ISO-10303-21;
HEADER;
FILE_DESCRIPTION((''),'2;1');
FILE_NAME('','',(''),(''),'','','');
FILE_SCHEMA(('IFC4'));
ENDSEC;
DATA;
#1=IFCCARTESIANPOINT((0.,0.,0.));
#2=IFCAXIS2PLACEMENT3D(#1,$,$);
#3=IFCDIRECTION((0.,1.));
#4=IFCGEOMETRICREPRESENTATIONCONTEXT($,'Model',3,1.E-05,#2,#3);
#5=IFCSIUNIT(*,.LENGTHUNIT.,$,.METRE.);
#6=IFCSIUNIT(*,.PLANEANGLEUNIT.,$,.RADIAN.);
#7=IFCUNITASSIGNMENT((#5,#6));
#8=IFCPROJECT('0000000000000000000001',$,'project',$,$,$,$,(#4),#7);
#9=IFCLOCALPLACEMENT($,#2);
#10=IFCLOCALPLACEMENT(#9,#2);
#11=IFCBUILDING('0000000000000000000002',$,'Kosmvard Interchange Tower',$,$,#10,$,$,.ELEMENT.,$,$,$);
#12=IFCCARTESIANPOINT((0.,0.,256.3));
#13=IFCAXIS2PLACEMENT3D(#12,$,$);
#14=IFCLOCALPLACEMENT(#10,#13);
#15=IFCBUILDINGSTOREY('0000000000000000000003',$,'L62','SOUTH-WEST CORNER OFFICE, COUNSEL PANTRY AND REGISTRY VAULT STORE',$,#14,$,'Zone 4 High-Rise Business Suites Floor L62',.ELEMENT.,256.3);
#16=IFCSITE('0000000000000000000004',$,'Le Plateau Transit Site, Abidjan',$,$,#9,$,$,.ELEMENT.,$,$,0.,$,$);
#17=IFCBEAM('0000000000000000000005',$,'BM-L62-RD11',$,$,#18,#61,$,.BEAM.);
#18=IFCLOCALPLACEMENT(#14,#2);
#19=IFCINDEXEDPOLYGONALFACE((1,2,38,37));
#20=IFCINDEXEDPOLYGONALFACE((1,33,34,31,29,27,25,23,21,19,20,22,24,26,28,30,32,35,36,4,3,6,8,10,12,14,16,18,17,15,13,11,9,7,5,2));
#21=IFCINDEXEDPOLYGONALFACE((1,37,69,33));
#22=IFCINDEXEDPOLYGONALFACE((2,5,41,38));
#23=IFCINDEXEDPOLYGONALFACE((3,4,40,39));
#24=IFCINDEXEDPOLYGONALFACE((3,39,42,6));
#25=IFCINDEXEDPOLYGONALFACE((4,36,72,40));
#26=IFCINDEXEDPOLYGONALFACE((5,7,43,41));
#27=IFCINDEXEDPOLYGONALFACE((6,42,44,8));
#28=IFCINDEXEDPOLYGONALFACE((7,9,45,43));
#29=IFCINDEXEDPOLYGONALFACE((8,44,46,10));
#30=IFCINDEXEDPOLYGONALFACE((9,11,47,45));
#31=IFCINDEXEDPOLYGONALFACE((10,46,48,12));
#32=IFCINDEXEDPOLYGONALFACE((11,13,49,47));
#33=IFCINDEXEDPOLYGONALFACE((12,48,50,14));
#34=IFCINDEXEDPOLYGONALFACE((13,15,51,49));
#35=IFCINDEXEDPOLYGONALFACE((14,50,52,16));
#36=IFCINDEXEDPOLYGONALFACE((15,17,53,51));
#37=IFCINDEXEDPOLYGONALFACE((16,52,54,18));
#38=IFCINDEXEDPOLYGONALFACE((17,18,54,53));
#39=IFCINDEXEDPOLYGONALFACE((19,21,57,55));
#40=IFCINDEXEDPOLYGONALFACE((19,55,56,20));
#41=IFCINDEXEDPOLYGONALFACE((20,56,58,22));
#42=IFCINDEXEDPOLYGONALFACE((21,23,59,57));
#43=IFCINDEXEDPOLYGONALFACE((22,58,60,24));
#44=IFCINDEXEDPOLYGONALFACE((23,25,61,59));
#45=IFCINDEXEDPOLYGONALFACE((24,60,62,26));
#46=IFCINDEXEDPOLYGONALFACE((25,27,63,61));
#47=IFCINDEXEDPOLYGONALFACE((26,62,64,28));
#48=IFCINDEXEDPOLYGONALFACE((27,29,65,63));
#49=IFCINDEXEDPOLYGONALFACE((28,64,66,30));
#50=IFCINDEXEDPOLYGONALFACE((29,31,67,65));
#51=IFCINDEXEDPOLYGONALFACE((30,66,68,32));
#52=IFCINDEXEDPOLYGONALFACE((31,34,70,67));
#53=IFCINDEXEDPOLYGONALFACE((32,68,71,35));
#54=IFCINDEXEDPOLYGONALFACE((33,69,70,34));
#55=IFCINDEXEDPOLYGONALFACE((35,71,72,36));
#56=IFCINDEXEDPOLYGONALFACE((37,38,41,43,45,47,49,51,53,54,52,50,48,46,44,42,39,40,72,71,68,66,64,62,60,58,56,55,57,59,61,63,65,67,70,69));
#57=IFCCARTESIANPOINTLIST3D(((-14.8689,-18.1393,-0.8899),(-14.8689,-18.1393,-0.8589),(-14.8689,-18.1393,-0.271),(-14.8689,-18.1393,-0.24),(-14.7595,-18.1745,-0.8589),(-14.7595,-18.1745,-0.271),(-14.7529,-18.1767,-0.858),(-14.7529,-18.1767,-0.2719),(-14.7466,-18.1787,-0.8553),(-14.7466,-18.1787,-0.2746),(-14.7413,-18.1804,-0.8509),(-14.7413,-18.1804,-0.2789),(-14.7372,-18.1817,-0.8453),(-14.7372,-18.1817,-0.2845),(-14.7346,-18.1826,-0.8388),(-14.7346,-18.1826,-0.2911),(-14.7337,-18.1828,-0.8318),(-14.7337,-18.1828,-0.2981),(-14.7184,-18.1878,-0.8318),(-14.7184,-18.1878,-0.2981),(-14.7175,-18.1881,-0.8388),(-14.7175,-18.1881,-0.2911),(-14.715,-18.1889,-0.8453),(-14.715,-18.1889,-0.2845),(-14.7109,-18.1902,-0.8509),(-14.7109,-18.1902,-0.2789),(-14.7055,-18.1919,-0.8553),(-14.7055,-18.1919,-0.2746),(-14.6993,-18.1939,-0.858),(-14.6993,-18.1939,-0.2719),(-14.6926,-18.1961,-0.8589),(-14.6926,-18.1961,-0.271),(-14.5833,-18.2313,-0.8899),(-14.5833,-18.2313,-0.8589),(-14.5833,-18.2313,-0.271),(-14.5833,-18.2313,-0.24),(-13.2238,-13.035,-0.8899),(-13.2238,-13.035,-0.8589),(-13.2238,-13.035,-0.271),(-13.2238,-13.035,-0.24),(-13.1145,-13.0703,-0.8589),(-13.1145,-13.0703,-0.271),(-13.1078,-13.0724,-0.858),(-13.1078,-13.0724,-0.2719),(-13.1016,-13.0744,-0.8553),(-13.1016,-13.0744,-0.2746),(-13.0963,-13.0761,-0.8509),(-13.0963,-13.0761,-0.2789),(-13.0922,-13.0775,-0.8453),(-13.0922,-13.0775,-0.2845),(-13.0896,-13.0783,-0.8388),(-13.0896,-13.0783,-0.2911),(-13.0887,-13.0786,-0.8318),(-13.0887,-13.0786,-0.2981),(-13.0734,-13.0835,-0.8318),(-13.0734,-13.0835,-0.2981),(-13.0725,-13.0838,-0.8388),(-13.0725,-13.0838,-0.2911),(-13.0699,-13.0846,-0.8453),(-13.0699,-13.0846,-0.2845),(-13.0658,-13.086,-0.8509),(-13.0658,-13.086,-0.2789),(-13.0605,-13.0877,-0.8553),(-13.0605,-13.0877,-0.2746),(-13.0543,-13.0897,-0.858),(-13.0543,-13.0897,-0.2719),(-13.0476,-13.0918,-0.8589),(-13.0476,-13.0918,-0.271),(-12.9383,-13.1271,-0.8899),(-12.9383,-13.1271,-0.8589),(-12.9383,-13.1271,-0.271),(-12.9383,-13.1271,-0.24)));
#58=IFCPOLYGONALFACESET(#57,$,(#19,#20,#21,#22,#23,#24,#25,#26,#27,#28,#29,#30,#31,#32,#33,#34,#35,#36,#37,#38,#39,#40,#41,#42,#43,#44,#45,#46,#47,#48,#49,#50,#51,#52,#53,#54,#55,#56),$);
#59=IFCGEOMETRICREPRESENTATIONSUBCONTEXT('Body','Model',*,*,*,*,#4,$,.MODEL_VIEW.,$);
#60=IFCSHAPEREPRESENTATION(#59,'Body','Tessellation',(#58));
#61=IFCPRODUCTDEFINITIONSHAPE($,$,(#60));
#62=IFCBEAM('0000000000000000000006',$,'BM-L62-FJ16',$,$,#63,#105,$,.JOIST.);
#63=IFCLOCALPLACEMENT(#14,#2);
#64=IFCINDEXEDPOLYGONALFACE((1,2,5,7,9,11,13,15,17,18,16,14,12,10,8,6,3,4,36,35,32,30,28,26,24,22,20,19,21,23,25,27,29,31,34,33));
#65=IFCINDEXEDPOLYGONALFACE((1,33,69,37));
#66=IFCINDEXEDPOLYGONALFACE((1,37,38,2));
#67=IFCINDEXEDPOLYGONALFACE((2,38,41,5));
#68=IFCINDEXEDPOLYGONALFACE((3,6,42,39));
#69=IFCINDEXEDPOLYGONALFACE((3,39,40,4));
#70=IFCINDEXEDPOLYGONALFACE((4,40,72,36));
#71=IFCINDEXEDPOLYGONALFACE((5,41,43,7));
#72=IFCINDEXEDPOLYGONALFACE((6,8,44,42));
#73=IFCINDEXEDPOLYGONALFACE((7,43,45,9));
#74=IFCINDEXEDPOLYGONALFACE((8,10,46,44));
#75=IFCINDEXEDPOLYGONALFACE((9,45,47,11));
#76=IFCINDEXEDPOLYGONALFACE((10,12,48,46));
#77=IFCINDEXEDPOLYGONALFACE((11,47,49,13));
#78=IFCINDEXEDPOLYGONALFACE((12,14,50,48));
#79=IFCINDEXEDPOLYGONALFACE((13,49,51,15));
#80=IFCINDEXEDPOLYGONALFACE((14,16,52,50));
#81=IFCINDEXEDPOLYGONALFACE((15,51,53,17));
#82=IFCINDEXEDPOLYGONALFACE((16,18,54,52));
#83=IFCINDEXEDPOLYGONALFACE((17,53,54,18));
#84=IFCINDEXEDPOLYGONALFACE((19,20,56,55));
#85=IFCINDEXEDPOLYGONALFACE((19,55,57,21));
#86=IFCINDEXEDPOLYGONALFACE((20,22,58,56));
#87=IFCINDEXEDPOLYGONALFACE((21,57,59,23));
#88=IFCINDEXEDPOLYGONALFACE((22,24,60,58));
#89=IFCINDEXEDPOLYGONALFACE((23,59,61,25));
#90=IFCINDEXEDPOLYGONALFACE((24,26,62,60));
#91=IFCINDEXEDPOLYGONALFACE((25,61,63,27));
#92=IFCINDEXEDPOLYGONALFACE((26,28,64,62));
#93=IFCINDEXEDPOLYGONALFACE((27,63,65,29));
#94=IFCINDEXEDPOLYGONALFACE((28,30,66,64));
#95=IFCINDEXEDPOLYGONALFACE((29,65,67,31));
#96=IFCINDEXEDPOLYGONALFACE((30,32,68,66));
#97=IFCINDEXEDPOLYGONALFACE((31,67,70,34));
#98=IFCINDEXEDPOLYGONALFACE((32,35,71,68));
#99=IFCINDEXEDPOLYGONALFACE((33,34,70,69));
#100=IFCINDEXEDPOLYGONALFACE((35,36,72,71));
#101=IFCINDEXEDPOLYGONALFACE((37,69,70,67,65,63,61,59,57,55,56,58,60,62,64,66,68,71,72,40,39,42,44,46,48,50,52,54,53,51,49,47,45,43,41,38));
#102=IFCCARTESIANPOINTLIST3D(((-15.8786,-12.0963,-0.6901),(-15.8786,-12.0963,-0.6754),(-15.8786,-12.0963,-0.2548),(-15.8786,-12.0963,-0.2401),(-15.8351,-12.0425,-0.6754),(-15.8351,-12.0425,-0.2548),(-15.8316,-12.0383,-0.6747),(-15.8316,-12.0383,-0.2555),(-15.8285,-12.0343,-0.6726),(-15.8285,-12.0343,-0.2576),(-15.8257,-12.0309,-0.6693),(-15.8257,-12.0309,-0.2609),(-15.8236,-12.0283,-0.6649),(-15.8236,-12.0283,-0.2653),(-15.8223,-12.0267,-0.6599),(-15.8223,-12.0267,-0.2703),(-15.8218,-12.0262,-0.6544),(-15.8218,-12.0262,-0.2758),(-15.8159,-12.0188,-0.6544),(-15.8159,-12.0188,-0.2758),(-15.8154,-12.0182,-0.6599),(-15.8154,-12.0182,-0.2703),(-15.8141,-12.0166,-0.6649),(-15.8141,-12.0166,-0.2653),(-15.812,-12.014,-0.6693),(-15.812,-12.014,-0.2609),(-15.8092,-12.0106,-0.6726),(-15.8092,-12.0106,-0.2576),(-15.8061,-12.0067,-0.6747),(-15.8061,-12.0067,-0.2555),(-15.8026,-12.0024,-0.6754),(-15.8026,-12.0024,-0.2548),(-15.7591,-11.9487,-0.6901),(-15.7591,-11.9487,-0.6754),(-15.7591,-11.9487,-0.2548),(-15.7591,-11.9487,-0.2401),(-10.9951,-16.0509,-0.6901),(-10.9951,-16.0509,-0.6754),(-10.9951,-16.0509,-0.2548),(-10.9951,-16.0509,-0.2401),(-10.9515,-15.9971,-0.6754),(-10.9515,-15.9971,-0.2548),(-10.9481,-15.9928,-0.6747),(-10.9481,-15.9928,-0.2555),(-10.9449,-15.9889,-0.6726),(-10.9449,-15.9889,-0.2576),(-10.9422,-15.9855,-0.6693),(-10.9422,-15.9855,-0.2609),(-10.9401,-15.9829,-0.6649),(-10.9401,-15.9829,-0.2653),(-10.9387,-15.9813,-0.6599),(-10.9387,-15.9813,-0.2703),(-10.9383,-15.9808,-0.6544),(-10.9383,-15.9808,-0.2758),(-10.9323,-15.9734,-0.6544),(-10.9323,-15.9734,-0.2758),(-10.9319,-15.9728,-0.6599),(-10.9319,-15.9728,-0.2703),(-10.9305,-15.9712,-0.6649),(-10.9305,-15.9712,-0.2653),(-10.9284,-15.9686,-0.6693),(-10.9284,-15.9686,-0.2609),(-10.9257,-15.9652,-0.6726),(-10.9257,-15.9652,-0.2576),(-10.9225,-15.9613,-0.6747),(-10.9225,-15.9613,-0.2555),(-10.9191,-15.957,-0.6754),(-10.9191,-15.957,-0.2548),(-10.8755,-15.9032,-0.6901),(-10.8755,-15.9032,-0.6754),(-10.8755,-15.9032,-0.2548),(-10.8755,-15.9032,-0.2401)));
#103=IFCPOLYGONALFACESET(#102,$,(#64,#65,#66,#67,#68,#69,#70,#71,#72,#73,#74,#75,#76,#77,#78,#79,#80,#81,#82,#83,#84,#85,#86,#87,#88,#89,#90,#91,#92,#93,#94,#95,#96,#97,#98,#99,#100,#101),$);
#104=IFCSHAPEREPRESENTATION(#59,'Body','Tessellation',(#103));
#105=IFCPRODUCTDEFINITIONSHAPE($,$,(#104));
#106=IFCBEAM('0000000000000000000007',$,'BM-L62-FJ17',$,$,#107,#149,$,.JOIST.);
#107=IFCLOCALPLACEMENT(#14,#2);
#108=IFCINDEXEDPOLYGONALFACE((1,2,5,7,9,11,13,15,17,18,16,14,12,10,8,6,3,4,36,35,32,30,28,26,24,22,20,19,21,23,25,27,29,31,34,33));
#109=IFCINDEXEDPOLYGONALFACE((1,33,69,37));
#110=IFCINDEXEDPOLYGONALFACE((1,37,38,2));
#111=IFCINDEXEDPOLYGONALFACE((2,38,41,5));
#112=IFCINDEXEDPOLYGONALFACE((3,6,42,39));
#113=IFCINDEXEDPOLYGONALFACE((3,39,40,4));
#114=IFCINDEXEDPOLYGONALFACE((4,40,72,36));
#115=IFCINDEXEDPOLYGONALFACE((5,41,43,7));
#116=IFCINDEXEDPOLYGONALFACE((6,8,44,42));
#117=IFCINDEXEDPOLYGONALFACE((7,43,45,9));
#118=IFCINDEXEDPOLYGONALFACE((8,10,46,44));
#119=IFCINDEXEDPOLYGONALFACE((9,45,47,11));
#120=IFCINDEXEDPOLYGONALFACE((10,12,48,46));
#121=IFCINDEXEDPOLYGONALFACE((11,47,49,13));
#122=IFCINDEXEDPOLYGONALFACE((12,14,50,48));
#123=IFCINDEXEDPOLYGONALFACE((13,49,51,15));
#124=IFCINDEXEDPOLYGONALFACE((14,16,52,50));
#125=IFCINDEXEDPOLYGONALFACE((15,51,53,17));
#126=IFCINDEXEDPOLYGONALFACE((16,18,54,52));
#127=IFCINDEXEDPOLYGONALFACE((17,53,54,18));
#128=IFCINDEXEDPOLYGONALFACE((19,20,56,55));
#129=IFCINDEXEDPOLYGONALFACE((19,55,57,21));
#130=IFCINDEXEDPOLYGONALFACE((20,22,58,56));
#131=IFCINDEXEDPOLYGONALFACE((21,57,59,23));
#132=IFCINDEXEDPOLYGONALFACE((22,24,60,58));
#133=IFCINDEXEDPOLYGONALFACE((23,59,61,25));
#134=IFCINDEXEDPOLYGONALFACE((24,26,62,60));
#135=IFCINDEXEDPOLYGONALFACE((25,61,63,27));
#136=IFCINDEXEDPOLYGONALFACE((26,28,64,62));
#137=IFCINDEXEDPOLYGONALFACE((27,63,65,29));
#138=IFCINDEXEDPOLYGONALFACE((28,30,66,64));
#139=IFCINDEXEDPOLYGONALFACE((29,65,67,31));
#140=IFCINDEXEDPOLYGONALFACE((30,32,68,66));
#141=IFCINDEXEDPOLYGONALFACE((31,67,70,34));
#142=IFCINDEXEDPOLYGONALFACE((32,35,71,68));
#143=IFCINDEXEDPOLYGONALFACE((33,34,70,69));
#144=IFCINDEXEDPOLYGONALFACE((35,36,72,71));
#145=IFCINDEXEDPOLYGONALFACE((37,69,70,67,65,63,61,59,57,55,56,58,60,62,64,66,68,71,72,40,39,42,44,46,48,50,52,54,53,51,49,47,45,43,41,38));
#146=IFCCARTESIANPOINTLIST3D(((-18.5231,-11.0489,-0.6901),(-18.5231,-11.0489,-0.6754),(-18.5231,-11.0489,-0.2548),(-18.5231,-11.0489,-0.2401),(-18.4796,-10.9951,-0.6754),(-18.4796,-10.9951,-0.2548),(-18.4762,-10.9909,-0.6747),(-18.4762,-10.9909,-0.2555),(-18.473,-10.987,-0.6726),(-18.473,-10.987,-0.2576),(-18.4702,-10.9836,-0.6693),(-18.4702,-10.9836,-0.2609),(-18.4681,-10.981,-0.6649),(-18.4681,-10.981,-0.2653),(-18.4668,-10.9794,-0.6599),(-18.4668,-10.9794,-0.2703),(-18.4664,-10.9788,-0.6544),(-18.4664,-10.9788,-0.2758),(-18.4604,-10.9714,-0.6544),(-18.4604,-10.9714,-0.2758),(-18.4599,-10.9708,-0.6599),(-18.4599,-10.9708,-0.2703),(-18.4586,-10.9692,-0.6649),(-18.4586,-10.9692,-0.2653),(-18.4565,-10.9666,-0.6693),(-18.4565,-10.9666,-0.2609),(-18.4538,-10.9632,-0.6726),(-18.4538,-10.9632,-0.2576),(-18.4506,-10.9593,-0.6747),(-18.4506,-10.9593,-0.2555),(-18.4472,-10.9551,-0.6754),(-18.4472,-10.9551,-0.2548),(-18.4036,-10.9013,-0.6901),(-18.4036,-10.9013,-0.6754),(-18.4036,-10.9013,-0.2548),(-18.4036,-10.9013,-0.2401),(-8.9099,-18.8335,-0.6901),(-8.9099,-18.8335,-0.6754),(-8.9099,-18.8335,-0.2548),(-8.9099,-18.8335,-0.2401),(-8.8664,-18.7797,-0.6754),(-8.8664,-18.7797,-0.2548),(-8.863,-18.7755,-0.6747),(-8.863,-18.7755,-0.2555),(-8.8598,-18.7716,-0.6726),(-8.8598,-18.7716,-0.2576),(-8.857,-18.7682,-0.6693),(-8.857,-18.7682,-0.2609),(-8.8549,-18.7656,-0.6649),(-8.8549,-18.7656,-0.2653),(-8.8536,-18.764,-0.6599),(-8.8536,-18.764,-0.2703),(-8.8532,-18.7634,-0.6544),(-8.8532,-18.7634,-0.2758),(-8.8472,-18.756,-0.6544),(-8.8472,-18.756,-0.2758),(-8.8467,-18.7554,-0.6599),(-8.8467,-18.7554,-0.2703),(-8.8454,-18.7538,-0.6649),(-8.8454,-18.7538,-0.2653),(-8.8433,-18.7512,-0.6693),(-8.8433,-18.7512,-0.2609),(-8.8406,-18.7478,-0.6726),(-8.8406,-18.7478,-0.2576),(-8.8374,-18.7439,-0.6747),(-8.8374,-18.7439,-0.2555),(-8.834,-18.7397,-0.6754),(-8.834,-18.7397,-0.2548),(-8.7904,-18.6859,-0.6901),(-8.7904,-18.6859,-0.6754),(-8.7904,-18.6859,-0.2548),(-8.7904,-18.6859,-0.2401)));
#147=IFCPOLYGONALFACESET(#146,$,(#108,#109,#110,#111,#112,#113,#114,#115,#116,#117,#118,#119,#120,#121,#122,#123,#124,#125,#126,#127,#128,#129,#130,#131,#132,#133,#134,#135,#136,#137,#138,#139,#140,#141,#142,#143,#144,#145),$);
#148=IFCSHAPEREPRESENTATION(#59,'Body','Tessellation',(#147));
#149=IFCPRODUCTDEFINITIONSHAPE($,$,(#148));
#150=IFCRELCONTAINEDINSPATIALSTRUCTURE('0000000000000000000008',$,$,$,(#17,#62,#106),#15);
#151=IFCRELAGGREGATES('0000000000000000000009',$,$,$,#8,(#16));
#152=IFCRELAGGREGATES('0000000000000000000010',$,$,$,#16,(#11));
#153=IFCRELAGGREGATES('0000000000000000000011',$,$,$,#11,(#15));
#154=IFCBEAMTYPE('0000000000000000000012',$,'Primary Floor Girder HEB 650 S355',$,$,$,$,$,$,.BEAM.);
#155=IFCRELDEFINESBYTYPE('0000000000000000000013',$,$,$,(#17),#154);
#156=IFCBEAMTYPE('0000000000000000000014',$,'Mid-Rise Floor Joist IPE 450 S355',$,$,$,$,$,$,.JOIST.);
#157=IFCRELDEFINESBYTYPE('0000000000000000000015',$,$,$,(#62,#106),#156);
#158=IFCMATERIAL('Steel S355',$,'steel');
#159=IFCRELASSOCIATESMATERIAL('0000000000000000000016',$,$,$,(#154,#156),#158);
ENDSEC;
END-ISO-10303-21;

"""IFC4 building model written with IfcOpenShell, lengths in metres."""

from ifc_helpers import new_model, si_unit, direction, frame, origin, origin_2d, place, context, subcontext, project, spatial, i_section, extrude, source, transform, mapped, material, material_profile, profile_set, type_object, element, save


model = new_model("IFC4")

# Units and contexts
model_context = context("Model", 3, precision=1e-05, world=origin(), true_north=direction((0.0, 1.0)))
body_context = subcontext(model_context, "Body", "Model", "MODEL_VIEW")
ifc_project = project(units=[si_unit("LENGTHUNIT", "METRE"), si_unit("PLANEANGLEUNIT", "RADIAN")], contexts=[model_context])

# Site, building, storey
site_placement = place(None, origin())
site = spatial("IfcSite", under=ifc_project, at=site_placement, Name="Le Plateau Transit Site, Abidjan", CompositionType="ELEMENT", RefElevation=0.0)
building_placement = place(site_placement, origin())
building = spatial("IfcBuilding", under=site, at=building_placement, Name="Kosmvard Interchange Tower", CompositionType="ELEMENT")
storey_placement = place(building_placement, frame((0.0, 0.0, 256.3)))
storey = spatial("IfcBuildingStorey", under=building, at=storey_placement, Name="L62", Description="SOUTH-WEST CORNER OFFICE, COUNSEL PANTRY AND REGISTRY VAULT STORE", LongName="Zone 4 High-Rise Business Suites Floor L62", CompositionType="ELEMENT", Elevation=256.3)

# Beams
ifc_material_1 = material(Name="Steel S355", Category="steel")
ifc_material_profile_1 = material_profile(ifc_material_1, i_section(OverallWidth=0.3, OverallDepth=0.6499, WebThickness=0.0161, FlangeThickness=0.031, FilletRadius=0.0271, at=origin_2d()), Name="HEB 650")
ifc_profile_set_1 = profile_set([ifc_material_profile_1], Name="Steel S355")
beam_type_1 = type_object("IfcBeamType", Name="Primary Floor Girder HEB 650 S355", PredefinedType="BEAM", material=ifc_profile_set_1)
shared_shape_1 = source(origin(), body_context, "Body", "SweptSolid", [
    extrude(i_section(OverallWidth=0.3, OverallDepth=0.6499, WebThickness=0.0161, FlangeThickness=0.031, FilletRadius=0.0271, at=origin_2d()), origin(), (0.0, 0.0, 1.0), 5.3628),
])
beam_1_placement = place(storey_placement, frame((-13.0811, -13.0811, -0.5649), z_axis=(-0.306747, -0.951791, 0.0), x_axis=(0.951791, -0.306747, 0.0)))
element("IfcBeam", 1, at=beam_1_placement, inside=storey, type_object=beam_type_1, Name="BM-L62-RD11", PredefinedType="BEAM", context=body_context, shape_type="MappedRepresentation", body=[
    mapped(shared_shape_1, transform((0.0, 0.0, 0.0), scale=1.0)),
])
ifc_material_profile_2 = material_profile(ifc_material_1, i_section(OverallWidth=0.1899, OverallDepth=0.45, WebThickness=0.0095, FlangeThickness=0.0146, FilletRadius=0.021, at=origin_2d()), Name="IPE 450")
ifc_profile_set_2 = profile_set([ifc_material_profile_2], Name="Steel S355")
beam_type_2 = type_object("IfcBeamType", Name="Mid-Rise Floor Joist IPE 450 S355", PredefinedType="JOIST", material=ifc_profile_set_2)
shared_shape_2 = source(origin(), body_context, "Body", "SweptSolid", [
    extrude(i_section(OverallWidth=0.1899, OverallDepth=0.45, WebThickness=0.0095, FlangeThickness=0.0146, FilletRadius=0.021, at=origin_2d()), origin(), (0.0, 0.0, 1.0), 6.2839),
])
beam_2_placement = place(storey_placement, frame((-15.8188, -12.0225, -0.4651), z_axis=(0.777148, -0.629318, 0.0), x_axis=(0.629318, 0.777148, 0.0)))
element("IfcBeam", 2, at=beam_2_placement, inside=storey, type_object=beam_type_2, Name="BM-L62-FJ16", PredefinedType="JOIST", context=body_context, shape_type="MappedRepresentation", body=[
    mapped(shared_shape_2, transform((0.0, 0.0, 0.0), scale=1.0)),
])
shared_shape_3 = source(origin(), body_context, "Body", "SweptSolid", [
    extrude(i_section(OverallWidth=0.1899, OverallDepth=0.45, WebThickness=0.0095, FlangeThickness=0.0146, FilletRadius=0.021, at=origin_2d()), origin(), (0.0, 0.0, 1.0), 12.3699),
])
beam_3_placement = place(storey_placement, frame((-18.4634, -10.9751, -0.4651), z_axis=(0.777147, -0.62932, 0.0), x_axis=(0.62932, 0.777147, 0.0)))
element("IfcBeam", 3, at=beam_3_placement, inside=storey, type_object=beam_type_2, Name="BM-L62-FJ17", PredefinedType="JOIST", context=body_context, shape_type="MappedRepresentation", body=[
    mapped(shared_shape_3, transform((0.0, 0.0, 0.0), scale=1.0)),
])

save(model, "model.ifc")
